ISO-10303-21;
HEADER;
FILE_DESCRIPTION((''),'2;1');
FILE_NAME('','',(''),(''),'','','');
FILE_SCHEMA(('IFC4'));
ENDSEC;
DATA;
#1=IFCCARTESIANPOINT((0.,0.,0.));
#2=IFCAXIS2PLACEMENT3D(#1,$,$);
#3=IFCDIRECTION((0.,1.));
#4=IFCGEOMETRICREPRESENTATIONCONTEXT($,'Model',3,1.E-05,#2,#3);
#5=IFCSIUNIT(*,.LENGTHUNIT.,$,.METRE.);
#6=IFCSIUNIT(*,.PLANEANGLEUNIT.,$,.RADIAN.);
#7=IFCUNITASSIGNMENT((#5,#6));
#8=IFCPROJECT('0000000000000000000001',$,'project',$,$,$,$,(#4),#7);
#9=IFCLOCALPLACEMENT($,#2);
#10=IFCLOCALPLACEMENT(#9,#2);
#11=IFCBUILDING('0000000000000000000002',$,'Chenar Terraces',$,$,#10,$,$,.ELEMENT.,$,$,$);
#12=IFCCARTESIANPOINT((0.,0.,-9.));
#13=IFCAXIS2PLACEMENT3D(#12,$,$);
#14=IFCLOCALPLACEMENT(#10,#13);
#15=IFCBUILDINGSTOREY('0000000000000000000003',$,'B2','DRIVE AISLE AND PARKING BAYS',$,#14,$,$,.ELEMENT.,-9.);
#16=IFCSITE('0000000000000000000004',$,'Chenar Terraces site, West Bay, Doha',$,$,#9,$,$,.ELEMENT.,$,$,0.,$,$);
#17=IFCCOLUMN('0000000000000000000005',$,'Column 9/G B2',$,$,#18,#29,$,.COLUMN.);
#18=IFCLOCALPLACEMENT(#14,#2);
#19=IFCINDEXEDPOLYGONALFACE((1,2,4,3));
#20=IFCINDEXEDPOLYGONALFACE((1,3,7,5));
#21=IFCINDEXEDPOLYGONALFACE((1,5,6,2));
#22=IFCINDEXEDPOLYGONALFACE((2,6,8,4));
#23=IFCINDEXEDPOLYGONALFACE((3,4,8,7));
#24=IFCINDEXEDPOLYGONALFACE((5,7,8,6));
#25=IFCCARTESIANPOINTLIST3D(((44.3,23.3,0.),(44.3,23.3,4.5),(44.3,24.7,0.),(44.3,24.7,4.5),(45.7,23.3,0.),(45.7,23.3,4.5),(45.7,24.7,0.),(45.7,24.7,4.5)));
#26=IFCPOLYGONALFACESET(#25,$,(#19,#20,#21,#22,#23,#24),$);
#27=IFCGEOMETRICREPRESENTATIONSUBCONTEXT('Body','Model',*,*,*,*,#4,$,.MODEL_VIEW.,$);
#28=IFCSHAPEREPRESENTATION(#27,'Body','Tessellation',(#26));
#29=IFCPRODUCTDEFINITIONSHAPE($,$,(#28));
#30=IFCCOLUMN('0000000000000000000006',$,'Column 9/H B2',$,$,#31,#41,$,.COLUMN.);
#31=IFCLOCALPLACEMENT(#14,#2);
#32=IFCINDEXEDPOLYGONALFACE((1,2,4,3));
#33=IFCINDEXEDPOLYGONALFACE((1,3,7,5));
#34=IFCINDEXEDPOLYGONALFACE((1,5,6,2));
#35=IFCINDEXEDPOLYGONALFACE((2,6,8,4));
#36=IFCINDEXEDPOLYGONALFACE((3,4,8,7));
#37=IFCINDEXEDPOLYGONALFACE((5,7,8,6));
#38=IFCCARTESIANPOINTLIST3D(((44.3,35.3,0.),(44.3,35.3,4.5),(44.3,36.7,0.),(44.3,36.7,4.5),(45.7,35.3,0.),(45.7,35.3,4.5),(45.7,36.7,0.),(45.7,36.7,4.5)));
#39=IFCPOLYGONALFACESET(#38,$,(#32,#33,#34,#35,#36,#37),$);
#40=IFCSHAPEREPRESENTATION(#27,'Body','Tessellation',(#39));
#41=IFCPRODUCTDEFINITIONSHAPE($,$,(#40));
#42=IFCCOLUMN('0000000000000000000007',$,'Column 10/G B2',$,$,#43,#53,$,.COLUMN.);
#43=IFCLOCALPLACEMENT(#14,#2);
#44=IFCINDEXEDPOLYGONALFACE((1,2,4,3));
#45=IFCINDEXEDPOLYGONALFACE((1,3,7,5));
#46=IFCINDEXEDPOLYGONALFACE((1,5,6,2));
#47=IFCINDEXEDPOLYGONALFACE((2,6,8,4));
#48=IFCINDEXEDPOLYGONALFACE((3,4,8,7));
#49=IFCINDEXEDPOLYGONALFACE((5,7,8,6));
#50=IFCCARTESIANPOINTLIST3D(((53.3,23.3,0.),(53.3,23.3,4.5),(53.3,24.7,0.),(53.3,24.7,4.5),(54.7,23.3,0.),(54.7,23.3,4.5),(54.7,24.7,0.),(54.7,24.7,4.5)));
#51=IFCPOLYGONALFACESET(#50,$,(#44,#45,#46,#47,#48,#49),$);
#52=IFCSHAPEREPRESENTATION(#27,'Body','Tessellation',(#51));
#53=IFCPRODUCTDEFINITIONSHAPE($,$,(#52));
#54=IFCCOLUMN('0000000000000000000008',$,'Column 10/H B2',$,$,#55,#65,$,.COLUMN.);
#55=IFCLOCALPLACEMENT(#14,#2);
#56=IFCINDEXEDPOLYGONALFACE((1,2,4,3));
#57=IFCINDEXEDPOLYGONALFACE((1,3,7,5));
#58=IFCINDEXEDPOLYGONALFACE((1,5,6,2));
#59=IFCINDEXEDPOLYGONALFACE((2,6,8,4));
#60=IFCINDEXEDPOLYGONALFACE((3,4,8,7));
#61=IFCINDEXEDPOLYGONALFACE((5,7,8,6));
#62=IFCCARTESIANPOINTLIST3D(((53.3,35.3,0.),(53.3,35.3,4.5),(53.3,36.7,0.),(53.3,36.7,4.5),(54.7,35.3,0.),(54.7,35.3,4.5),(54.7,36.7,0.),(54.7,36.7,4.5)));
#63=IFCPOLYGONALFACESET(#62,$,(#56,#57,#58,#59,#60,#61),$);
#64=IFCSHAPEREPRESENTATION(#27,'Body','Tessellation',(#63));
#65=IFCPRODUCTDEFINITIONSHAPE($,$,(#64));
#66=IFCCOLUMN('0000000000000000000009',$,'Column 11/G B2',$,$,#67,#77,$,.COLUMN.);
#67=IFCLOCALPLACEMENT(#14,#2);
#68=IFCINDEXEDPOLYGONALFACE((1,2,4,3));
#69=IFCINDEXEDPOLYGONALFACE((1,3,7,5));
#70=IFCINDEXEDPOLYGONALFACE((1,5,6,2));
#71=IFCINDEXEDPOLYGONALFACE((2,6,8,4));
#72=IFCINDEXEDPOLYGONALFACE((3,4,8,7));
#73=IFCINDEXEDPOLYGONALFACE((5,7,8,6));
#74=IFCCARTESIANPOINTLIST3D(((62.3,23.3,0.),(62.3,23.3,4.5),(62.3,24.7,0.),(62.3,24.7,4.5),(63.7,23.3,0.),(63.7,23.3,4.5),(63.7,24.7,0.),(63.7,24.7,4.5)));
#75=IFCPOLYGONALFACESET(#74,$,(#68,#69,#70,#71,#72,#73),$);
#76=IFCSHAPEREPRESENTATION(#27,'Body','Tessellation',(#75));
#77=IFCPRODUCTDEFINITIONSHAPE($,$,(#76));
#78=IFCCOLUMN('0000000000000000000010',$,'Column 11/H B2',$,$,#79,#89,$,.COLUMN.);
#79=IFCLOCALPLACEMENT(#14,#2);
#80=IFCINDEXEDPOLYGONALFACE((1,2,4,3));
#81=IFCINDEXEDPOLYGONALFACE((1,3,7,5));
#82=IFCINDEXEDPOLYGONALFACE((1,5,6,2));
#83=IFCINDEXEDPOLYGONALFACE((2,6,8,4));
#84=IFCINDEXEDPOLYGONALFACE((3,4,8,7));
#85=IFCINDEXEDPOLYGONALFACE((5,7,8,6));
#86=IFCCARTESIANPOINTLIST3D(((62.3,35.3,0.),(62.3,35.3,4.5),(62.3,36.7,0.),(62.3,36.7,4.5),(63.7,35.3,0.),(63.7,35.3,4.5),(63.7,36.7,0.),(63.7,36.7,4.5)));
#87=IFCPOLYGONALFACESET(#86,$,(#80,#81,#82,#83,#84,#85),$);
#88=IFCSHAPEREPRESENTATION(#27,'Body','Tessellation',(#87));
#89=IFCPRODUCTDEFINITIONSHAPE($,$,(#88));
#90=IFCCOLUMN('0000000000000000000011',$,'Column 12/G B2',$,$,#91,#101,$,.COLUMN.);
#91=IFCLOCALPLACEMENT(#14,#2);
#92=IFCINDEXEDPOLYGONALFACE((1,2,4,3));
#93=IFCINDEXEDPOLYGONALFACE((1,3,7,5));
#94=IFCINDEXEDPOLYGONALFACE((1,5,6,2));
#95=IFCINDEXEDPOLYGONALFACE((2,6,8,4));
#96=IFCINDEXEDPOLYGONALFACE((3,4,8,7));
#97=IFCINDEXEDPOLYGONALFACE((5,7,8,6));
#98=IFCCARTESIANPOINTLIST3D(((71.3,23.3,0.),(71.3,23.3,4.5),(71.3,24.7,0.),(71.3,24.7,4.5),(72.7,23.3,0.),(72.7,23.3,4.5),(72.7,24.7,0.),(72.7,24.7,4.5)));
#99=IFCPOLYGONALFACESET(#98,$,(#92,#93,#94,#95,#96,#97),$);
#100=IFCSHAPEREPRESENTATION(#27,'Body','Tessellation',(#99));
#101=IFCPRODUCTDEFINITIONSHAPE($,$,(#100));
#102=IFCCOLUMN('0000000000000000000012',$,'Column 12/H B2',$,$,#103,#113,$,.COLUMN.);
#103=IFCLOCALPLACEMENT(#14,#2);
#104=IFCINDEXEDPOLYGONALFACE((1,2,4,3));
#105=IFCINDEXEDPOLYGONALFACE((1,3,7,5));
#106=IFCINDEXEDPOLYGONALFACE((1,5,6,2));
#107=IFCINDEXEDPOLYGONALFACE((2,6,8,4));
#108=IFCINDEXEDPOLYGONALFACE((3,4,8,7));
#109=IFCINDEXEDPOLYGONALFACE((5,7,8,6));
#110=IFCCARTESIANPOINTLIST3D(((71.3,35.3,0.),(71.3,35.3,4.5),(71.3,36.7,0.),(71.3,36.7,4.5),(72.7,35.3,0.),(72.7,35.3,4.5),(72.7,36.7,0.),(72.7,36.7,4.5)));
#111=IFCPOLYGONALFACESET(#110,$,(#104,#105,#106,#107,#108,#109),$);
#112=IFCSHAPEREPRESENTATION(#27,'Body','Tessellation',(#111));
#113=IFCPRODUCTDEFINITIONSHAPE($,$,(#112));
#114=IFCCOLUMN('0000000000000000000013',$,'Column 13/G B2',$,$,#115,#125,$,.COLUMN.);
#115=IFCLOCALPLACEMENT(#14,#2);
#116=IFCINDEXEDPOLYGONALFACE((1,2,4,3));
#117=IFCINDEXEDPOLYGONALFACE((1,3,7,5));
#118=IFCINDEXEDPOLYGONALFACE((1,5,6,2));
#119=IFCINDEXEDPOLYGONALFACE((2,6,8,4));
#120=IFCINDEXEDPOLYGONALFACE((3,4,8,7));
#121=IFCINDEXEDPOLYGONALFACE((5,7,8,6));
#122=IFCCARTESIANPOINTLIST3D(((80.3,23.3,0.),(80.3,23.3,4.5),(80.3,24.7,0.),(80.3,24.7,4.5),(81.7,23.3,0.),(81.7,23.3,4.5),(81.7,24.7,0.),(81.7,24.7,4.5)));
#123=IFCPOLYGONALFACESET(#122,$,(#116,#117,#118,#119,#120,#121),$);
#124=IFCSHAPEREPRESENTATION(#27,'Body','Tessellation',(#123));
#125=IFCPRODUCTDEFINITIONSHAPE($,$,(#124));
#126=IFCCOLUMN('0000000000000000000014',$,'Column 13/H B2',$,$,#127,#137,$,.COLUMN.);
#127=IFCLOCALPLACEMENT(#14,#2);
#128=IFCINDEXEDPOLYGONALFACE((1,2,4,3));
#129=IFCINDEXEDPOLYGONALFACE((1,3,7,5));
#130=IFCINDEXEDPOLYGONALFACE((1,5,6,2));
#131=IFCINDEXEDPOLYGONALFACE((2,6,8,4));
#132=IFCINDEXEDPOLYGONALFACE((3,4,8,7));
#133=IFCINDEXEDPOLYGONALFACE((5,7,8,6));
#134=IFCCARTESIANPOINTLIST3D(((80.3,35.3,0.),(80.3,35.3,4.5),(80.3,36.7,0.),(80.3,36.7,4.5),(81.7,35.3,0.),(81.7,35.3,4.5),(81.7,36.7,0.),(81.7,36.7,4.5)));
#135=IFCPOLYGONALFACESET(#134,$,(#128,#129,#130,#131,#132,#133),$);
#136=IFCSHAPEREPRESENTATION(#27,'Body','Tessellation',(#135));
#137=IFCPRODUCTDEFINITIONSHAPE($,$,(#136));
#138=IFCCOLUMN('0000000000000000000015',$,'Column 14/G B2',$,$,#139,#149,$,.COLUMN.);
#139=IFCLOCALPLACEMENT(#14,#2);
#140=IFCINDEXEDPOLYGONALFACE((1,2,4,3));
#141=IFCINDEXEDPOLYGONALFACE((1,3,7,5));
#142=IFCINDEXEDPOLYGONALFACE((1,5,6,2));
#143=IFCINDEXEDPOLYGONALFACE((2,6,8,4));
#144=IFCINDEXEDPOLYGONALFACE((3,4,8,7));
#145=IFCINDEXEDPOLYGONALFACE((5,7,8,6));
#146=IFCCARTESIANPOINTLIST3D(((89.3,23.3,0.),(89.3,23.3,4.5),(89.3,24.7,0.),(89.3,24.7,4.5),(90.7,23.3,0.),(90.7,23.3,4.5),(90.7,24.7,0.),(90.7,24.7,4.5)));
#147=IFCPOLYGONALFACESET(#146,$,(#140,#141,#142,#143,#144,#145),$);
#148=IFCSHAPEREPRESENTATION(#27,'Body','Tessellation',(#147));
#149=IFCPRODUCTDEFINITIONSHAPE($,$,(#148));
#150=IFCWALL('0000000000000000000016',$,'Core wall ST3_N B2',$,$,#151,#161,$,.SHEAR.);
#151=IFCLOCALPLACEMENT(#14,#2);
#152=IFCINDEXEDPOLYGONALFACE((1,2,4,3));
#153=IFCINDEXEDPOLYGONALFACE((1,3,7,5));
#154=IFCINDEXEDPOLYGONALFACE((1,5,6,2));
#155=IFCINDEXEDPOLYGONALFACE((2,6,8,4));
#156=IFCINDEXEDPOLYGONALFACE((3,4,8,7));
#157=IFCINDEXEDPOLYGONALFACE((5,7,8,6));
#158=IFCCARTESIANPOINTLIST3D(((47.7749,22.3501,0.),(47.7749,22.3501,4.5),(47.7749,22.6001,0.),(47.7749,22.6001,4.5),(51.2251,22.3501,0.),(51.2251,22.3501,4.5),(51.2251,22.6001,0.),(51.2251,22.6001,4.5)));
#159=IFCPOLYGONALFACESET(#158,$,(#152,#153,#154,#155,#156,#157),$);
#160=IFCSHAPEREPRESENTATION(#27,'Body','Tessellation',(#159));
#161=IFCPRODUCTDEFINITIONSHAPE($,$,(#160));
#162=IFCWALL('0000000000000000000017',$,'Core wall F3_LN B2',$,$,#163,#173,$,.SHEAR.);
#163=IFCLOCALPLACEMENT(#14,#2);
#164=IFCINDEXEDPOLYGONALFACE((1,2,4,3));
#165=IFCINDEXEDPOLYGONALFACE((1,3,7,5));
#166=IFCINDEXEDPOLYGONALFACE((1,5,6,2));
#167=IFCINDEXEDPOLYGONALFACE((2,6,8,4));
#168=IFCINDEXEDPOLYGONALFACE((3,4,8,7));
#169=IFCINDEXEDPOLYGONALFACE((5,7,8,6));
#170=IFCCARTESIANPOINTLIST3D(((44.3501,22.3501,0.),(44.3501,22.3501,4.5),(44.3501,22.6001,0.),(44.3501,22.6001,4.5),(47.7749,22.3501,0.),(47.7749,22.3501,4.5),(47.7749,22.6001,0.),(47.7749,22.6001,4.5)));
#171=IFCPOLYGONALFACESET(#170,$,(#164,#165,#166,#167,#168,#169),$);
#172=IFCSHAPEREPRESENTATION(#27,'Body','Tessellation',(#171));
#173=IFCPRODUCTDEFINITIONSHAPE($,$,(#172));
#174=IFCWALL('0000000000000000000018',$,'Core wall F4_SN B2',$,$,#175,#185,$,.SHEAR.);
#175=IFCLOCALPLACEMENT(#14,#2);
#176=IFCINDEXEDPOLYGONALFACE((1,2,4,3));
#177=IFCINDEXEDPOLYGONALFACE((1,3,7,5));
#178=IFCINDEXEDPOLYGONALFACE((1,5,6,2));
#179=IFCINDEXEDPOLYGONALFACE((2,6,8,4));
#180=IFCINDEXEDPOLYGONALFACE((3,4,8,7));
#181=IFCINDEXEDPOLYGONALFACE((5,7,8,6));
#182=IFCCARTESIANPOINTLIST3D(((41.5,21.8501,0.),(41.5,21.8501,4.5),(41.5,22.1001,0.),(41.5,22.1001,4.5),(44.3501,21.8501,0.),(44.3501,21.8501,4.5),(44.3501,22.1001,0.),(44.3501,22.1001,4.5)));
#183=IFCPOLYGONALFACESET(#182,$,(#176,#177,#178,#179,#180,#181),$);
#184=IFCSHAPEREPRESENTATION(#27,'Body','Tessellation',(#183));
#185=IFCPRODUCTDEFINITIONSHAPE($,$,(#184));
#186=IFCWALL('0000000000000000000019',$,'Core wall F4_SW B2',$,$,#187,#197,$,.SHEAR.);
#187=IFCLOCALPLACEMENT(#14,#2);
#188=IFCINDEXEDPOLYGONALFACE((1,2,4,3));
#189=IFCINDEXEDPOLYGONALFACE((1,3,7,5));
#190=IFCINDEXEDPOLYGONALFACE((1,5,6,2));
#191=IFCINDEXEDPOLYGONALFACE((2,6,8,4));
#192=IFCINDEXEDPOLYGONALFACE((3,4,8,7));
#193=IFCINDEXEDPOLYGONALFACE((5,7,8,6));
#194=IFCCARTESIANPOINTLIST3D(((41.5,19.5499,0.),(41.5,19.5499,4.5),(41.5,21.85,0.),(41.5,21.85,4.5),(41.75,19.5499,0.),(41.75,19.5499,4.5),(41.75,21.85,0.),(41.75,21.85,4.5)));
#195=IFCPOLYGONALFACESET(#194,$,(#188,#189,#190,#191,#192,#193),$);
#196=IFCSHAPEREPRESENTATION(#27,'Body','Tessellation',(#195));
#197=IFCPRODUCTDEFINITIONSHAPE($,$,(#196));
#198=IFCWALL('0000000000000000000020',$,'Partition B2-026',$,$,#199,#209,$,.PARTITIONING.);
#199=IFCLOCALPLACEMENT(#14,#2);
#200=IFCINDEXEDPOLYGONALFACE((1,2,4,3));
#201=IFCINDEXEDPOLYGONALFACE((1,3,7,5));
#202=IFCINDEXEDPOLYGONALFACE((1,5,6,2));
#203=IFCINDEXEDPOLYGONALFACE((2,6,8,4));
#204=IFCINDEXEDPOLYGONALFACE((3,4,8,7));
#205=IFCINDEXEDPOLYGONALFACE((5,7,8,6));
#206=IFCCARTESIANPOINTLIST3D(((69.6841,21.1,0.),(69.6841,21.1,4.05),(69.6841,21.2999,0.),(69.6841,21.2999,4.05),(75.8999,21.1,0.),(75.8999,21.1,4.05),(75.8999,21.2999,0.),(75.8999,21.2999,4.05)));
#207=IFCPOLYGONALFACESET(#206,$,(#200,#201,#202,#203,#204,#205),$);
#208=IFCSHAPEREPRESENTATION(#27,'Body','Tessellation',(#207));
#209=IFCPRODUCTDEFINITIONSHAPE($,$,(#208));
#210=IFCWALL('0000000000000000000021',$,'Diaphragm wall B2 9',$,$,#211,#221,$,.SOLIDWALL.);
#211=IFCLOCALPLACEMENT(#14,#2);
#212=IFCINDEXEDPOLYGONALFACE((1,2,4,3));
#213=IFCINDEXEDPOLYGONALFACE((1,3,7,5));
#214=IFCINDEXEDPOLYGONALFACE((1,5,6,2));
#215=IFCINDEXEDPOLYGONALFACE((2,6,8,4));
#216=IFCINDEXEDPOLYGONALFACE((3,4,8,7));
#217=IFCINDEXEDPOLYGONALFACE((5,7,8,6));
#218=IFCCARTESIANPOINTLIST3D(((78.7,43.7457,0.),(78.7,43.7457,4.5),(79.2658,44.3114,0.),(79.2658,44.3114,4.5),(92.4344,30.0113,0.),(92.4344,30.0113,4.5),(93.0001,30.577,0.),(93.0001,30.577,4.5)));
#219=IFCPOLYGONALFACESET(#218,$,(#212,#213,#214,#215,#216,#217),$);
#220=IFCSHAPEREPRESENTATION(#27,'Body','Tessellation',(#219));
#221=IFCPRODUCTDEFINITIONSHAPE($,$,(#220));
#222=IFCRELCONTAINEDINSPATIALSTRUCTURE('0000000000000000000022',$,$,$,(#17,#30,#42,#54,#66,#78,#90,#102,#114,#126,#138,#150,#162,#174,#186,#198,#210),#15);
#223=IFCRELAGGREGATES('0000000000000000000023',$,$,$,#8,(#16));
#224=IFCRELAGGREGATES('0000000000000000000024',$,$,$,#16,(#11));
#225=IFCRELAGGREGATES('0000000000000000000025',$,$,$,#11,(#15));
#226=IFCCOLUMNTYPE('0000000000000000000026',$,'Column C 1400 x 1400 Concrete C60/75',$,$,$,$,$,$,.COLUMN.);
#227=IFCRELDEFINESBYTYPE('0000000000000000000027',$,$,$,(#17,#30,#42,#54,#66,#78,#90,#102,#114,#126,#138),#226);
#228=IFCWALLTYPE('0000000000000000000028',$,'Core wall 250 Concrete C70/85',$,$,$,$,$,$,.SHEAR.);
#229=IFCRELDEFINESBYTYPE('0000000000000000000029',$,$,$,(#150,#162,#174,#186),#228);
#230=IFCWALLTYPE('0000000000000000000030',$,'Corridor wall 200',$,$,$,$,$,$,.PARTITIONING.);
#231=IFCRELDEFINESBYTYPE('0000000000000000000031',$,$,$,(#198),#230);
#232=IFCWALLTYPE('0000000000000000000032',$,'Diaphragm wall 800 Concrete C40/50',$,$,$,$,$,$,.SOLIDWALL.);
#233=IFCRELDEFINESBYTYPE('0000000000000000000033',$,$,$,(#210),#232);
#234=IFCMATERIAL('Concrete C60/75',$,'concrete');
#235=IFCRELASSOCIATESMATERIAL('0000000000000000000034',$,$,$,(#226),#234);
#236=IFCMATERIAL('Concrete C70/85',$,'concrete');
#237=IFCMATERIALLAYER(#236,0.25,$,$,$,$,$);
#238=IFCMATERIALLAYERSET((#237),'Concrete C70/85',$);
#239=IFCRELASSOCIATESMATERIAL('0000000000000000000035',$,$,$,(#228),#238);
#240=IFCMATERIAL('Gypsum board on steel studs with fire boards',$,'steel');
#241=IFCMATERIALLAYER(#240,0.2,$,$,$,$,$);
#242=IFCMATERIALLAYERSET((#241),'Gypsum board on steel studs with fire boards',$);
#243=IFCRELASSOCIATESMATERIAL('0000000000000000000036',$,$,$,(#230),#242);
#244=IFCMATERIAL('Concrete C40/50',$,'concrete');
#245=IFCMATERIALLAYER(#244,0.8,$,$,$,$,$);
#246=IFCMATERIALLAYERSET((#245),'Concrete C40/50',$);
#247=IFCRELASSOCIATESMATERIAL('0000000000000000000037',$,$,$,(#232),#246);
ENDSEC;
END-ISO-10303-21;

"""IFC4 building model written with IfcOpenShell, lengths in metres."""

from ifc_helpers import new_model, si_unit, direction, frame, frame_2d, origin, origin_2d, place, context, subcontext, project, spatial, rectangle, extrude, material, layer, layer_set, material_profile, profile_set, type_object, element, save


model = new_model("IFC4")

# Units and contexts
model_context = context("Model", 3, precision=1e-05, world=origin(), true_north=direction((0.0, 1.0)))
body_context = subcontext(model_context, "Body", "Model", "MODEL_VIEW")
ifc_project = project(units=[si_unit("LENGTHUNIT", "METRE"), si_unit("PLANEANGLEUNIT", "RADIAN")], contexts=[model_context])

# Site, building, storey
site_placement = place(None, origin())
site = spatial("IfcSite", under=ifc_project, at=site_placement, Name="Chenar Terraces site, West Bay, Doha", CompositionType="ELEMENT", RefElevation=0.0)
building_placement = place(site_placement, origin())
building = spatial("IfcBuilding", under=site, at=building_placement, Name="Chenar Terraces", CompositionType="ELEMENT")
storey_placement = place(building_placement, frame((0.0, 0.0, -9.0)))
storey = spatial("IfcBuildingStorey", under=building, at=storey_placement, Name="B2", Description="DRIVE AISLE AND PARKING BAYS", CompositionType="ELEMENT", Elevation=-9.0)

# Columns
ifc_material_1 = material(Name="Concrete C60/75", Category="concrete")
ifc_material_profile = material_profile(ifc_material_1, rectangle(XDim=1.3999, YDim=1.3999, at=origin_2d()), Name="C 1400 x 1400")
ifc_profile_set = profile_set([ifc_material_profile], Name="Concrete C60/75")
column_type = type_object("IfcColumnType", Name="Column C 1400 x 1400 Concrete C60/75", PredefinedType="COLUMN", material=ifc_profile_set)
for number, where, z_axis, x_axis, name in (
    (1, (45.0, 24.0, 0.0), (0.0, 0.0, 1.0), (1.0, 0.0, 0.0), "Column 9/G B2"),
    (2, (45.0, 36.0, 0.0), (0.0, 0.0, 1.0), (1.0, 0.0, 0.0), "Column 9/H B2"),
    (3, (54.0, 24.0, 0.0), (0.0, 0.0, 1.0), (1.0, 0.0, 0.0), "Column 10/G B2"),
    (4, (54.0, 36.0, 0.0), (0.0, 0.0, 1.0), (1.0, 0.0, 0.0), "Column 10/H B2"),
    (5, (63.0, 24.0, 0.0), (0.0, 0.0, 1.0), (1.0, 0.0, 0.0), "Column 11/G B2"),
    (6, (63.0, 36.0, 0.0), (0.0, 0.0, 1.0), (1.0, 0.0, 0.0), "Column 11/H B2"),
    (7, (72.0, 24.0, 0.0), (0.0, 0.0, 1.0), (1.0, 0.0, 0.0), "Column 12/G B2"),
    (8, (72.0, 36.0, 0.0), (0.0, 0.0, 1.0), (1.0, 0.0, 0.0), "Column 12/H B2"),
    (9, (81.0, 24.0, 0.0), (0.0, 0.0, 1.0), (1.0, 0.0, 0.0), "Column 13/G B2"),
    (10, (81.0, 36.0, 0.0), (0.0, 0.0, 1.0), (1.0, 0.0, 0.0), "Column 13/H B2"),
    (11, (90.0, 24.0, 0.0), (0.0, 0.0, 1.0), (1.0, 0.0, 0.0), "Column 14/G B2"),
):
    element("IfcColumn", number, at=place(storey_placement, frame(where, z_axis=z_axis, x_axis=x_axis)), inside=storey, type_object=column_type, Name=name, PredefinedType="COLUMN", context=body_context, shape_type="SweptSolid", body=[
        extrude(rectangle(XDim=1.3999, YDim=1.3999, at=origin_2d()), origin(), (0.0, 0.0, 1.0), 4.5),
    ])

# Walls
ifc_material_2 = material(Name="Concrete C70/85", Category="concrete")
ifc_layer_1 = layer(ifc_material_2, 0.25)
ifc_layer_set_1 = layer_set([ifc_layer_1], Name="Concrete C70/85")
wall_type_1 = type_object("IfcWallType", Name="Core wall 250 Concrete C70/85", PredefinedType="SHEAR", material=ifc_layer_set_1)
wall_1_placement = place(storey_placement, frame((47.7749, 22.4751, 0.0), z_axis=(0.0, 0.0, 1.0), x_axis=(1.0, 0.0, 0.0)))
element("IfcWall", 12, at=wall_1_placement, inside=storey, type_object=wall_type_1, Name="Core wall ST3_N B2", PredefinedType="SHEAR", context=body_context, shape_type="SweptSolid", body=[
    extrude(rectangle(XDim=3.4502, YDim=0.25, at=frame_2d((1.7251, 0.0))), origin(), (0.0, 0.0, 1.0), 4.5),
])
wall_2_placement = place(storey_placement, frame((44.3501, 22.4751, 0.0), z_axis=(0.0, 0.0, 1.0), x_axis=(1.0, 0.0, 0.0)))
element("IfcWall", 13, at=wall_2_placement, inside=storey, type_object=wall_type_1, Name="Core wall F3_LN B2", PredefinedType="SHEAR", context=body_context, shape_type="SweptSolid", body=[
    extrude(rectangle(XDim=3.4248, YDim=0.25, at=frame_2d((1.7124, 0.0))), origin(), (0.0, 0.0, 1.0), 4.5),
])
wall_3_placement = place(storey_placement, frame((41.5, 21.9751, 0.0), z_axis=(0.0, 0.0, 1.0), x_axis=(1.0, 0.0, 0.0)))
element("IfcWall", 14, at=wall_3_placement, inside=storey, type_object=wall_type_1, Name="Core wall F4_SN B2", PredefinedType="SHEAR", context=body_context, shape_type="SweptSolid", body=[
    extrude(rectangle(XDim=2.8501, YDim=0.25, at=frame_2d((1.425, 0.0))), origin(), (0.0, 0.0, 1.0), 4.5),
])
wall_4_placement = place(storey_placement, frame((41.625, 19.55, 0.0), z_axis=(0.0, 0.0, 1.0), x_axis=(0.0, 1.0, 0.0)))
element("IfcWall", 15, at=wall_4_placement, inside=storey, type_object=wall_type_1, Name="Core wall F4_SW B2", PredefinedType="SHEAR", context=body_context, shape_type="SweptSolid", body=[
    extrude(rectangle(XDim=2.3, YDim=0.25, at=frame_2d((1.1499, 0.0))), origin(), (0.0, 0.0, 1.0), 4.5),
])
ifc_material_3 = material(Name="Gypsum board on steel studs with fire boards", Category="steel")
ifc_layer_2 = layer(ifc_material_3, 0.2)
ifc_layer_set_2 = layer_set([ifc_layer_2], Name="Gypsum board on steel studs with fire boards")
wall_type_2 = type_object("IfcWallType", Name="Corridor wall 200", PredefinedType="PARTITIONING", material=ifc_layer_set_2)
wall_5_placement = place(storey_placement, frame((69.6841, 21.2, 0.0), z_axis=(0.0, 0.0, 1.0), x_axis=(1.0, 0.0, 0.0)))
element("IfcWall", 16, at=wall_5_placement, inside=storey, type_object=wall_type_2, Name="Partition B2-026", PredefinedType="PARTITIONING", context=body_context, shape_type="SweptSolid", body=[
    extrude(rectangle(XDim=6.2158, YDim=0.2, at=frame_2d((3.1079, 0.0))), origin(), (0.0, 0.0, 1.0), 4.05),
])
ifc_material_4 = material(Name="Concrete C40/50", Category="concrete")
ifc_layer_3 = layer(ifc_material_4, 0.8)
ifc_layer_set_3 = layer_set([ifc_layer_3], Name="Concrete C40/50")
wall_type_3 = type_object("IfcWallType", Name="Diaphragm wall 800 Concrete C40/50", PredefinedType="SOLIDWALL", material=ifc_layer_set_3)
wall_6_placement = place(storey_placement, frame((92.7173, 30.2942, 0.0), z_axis=(0.0, 0.0, 1.0), x_axis=(-0.707107, 0.707107, 0.0)))
element("IfcWall", 17, at=wall_6_placement, inside=storey, type_object=wall_type_3, Name="Diaphragm wall B2 9", PredefinedType="SOLIDWALL", context=body_context, shape_type="SweptSolid", body=[
    extrude(rectangle(XDim=19.4233, YDim=0.8, at=frame_2d((9.7117, 0.0))), origin(), (0.0, 0.0, 1.0), 4.5),
])

save(model, "model.ifc")
